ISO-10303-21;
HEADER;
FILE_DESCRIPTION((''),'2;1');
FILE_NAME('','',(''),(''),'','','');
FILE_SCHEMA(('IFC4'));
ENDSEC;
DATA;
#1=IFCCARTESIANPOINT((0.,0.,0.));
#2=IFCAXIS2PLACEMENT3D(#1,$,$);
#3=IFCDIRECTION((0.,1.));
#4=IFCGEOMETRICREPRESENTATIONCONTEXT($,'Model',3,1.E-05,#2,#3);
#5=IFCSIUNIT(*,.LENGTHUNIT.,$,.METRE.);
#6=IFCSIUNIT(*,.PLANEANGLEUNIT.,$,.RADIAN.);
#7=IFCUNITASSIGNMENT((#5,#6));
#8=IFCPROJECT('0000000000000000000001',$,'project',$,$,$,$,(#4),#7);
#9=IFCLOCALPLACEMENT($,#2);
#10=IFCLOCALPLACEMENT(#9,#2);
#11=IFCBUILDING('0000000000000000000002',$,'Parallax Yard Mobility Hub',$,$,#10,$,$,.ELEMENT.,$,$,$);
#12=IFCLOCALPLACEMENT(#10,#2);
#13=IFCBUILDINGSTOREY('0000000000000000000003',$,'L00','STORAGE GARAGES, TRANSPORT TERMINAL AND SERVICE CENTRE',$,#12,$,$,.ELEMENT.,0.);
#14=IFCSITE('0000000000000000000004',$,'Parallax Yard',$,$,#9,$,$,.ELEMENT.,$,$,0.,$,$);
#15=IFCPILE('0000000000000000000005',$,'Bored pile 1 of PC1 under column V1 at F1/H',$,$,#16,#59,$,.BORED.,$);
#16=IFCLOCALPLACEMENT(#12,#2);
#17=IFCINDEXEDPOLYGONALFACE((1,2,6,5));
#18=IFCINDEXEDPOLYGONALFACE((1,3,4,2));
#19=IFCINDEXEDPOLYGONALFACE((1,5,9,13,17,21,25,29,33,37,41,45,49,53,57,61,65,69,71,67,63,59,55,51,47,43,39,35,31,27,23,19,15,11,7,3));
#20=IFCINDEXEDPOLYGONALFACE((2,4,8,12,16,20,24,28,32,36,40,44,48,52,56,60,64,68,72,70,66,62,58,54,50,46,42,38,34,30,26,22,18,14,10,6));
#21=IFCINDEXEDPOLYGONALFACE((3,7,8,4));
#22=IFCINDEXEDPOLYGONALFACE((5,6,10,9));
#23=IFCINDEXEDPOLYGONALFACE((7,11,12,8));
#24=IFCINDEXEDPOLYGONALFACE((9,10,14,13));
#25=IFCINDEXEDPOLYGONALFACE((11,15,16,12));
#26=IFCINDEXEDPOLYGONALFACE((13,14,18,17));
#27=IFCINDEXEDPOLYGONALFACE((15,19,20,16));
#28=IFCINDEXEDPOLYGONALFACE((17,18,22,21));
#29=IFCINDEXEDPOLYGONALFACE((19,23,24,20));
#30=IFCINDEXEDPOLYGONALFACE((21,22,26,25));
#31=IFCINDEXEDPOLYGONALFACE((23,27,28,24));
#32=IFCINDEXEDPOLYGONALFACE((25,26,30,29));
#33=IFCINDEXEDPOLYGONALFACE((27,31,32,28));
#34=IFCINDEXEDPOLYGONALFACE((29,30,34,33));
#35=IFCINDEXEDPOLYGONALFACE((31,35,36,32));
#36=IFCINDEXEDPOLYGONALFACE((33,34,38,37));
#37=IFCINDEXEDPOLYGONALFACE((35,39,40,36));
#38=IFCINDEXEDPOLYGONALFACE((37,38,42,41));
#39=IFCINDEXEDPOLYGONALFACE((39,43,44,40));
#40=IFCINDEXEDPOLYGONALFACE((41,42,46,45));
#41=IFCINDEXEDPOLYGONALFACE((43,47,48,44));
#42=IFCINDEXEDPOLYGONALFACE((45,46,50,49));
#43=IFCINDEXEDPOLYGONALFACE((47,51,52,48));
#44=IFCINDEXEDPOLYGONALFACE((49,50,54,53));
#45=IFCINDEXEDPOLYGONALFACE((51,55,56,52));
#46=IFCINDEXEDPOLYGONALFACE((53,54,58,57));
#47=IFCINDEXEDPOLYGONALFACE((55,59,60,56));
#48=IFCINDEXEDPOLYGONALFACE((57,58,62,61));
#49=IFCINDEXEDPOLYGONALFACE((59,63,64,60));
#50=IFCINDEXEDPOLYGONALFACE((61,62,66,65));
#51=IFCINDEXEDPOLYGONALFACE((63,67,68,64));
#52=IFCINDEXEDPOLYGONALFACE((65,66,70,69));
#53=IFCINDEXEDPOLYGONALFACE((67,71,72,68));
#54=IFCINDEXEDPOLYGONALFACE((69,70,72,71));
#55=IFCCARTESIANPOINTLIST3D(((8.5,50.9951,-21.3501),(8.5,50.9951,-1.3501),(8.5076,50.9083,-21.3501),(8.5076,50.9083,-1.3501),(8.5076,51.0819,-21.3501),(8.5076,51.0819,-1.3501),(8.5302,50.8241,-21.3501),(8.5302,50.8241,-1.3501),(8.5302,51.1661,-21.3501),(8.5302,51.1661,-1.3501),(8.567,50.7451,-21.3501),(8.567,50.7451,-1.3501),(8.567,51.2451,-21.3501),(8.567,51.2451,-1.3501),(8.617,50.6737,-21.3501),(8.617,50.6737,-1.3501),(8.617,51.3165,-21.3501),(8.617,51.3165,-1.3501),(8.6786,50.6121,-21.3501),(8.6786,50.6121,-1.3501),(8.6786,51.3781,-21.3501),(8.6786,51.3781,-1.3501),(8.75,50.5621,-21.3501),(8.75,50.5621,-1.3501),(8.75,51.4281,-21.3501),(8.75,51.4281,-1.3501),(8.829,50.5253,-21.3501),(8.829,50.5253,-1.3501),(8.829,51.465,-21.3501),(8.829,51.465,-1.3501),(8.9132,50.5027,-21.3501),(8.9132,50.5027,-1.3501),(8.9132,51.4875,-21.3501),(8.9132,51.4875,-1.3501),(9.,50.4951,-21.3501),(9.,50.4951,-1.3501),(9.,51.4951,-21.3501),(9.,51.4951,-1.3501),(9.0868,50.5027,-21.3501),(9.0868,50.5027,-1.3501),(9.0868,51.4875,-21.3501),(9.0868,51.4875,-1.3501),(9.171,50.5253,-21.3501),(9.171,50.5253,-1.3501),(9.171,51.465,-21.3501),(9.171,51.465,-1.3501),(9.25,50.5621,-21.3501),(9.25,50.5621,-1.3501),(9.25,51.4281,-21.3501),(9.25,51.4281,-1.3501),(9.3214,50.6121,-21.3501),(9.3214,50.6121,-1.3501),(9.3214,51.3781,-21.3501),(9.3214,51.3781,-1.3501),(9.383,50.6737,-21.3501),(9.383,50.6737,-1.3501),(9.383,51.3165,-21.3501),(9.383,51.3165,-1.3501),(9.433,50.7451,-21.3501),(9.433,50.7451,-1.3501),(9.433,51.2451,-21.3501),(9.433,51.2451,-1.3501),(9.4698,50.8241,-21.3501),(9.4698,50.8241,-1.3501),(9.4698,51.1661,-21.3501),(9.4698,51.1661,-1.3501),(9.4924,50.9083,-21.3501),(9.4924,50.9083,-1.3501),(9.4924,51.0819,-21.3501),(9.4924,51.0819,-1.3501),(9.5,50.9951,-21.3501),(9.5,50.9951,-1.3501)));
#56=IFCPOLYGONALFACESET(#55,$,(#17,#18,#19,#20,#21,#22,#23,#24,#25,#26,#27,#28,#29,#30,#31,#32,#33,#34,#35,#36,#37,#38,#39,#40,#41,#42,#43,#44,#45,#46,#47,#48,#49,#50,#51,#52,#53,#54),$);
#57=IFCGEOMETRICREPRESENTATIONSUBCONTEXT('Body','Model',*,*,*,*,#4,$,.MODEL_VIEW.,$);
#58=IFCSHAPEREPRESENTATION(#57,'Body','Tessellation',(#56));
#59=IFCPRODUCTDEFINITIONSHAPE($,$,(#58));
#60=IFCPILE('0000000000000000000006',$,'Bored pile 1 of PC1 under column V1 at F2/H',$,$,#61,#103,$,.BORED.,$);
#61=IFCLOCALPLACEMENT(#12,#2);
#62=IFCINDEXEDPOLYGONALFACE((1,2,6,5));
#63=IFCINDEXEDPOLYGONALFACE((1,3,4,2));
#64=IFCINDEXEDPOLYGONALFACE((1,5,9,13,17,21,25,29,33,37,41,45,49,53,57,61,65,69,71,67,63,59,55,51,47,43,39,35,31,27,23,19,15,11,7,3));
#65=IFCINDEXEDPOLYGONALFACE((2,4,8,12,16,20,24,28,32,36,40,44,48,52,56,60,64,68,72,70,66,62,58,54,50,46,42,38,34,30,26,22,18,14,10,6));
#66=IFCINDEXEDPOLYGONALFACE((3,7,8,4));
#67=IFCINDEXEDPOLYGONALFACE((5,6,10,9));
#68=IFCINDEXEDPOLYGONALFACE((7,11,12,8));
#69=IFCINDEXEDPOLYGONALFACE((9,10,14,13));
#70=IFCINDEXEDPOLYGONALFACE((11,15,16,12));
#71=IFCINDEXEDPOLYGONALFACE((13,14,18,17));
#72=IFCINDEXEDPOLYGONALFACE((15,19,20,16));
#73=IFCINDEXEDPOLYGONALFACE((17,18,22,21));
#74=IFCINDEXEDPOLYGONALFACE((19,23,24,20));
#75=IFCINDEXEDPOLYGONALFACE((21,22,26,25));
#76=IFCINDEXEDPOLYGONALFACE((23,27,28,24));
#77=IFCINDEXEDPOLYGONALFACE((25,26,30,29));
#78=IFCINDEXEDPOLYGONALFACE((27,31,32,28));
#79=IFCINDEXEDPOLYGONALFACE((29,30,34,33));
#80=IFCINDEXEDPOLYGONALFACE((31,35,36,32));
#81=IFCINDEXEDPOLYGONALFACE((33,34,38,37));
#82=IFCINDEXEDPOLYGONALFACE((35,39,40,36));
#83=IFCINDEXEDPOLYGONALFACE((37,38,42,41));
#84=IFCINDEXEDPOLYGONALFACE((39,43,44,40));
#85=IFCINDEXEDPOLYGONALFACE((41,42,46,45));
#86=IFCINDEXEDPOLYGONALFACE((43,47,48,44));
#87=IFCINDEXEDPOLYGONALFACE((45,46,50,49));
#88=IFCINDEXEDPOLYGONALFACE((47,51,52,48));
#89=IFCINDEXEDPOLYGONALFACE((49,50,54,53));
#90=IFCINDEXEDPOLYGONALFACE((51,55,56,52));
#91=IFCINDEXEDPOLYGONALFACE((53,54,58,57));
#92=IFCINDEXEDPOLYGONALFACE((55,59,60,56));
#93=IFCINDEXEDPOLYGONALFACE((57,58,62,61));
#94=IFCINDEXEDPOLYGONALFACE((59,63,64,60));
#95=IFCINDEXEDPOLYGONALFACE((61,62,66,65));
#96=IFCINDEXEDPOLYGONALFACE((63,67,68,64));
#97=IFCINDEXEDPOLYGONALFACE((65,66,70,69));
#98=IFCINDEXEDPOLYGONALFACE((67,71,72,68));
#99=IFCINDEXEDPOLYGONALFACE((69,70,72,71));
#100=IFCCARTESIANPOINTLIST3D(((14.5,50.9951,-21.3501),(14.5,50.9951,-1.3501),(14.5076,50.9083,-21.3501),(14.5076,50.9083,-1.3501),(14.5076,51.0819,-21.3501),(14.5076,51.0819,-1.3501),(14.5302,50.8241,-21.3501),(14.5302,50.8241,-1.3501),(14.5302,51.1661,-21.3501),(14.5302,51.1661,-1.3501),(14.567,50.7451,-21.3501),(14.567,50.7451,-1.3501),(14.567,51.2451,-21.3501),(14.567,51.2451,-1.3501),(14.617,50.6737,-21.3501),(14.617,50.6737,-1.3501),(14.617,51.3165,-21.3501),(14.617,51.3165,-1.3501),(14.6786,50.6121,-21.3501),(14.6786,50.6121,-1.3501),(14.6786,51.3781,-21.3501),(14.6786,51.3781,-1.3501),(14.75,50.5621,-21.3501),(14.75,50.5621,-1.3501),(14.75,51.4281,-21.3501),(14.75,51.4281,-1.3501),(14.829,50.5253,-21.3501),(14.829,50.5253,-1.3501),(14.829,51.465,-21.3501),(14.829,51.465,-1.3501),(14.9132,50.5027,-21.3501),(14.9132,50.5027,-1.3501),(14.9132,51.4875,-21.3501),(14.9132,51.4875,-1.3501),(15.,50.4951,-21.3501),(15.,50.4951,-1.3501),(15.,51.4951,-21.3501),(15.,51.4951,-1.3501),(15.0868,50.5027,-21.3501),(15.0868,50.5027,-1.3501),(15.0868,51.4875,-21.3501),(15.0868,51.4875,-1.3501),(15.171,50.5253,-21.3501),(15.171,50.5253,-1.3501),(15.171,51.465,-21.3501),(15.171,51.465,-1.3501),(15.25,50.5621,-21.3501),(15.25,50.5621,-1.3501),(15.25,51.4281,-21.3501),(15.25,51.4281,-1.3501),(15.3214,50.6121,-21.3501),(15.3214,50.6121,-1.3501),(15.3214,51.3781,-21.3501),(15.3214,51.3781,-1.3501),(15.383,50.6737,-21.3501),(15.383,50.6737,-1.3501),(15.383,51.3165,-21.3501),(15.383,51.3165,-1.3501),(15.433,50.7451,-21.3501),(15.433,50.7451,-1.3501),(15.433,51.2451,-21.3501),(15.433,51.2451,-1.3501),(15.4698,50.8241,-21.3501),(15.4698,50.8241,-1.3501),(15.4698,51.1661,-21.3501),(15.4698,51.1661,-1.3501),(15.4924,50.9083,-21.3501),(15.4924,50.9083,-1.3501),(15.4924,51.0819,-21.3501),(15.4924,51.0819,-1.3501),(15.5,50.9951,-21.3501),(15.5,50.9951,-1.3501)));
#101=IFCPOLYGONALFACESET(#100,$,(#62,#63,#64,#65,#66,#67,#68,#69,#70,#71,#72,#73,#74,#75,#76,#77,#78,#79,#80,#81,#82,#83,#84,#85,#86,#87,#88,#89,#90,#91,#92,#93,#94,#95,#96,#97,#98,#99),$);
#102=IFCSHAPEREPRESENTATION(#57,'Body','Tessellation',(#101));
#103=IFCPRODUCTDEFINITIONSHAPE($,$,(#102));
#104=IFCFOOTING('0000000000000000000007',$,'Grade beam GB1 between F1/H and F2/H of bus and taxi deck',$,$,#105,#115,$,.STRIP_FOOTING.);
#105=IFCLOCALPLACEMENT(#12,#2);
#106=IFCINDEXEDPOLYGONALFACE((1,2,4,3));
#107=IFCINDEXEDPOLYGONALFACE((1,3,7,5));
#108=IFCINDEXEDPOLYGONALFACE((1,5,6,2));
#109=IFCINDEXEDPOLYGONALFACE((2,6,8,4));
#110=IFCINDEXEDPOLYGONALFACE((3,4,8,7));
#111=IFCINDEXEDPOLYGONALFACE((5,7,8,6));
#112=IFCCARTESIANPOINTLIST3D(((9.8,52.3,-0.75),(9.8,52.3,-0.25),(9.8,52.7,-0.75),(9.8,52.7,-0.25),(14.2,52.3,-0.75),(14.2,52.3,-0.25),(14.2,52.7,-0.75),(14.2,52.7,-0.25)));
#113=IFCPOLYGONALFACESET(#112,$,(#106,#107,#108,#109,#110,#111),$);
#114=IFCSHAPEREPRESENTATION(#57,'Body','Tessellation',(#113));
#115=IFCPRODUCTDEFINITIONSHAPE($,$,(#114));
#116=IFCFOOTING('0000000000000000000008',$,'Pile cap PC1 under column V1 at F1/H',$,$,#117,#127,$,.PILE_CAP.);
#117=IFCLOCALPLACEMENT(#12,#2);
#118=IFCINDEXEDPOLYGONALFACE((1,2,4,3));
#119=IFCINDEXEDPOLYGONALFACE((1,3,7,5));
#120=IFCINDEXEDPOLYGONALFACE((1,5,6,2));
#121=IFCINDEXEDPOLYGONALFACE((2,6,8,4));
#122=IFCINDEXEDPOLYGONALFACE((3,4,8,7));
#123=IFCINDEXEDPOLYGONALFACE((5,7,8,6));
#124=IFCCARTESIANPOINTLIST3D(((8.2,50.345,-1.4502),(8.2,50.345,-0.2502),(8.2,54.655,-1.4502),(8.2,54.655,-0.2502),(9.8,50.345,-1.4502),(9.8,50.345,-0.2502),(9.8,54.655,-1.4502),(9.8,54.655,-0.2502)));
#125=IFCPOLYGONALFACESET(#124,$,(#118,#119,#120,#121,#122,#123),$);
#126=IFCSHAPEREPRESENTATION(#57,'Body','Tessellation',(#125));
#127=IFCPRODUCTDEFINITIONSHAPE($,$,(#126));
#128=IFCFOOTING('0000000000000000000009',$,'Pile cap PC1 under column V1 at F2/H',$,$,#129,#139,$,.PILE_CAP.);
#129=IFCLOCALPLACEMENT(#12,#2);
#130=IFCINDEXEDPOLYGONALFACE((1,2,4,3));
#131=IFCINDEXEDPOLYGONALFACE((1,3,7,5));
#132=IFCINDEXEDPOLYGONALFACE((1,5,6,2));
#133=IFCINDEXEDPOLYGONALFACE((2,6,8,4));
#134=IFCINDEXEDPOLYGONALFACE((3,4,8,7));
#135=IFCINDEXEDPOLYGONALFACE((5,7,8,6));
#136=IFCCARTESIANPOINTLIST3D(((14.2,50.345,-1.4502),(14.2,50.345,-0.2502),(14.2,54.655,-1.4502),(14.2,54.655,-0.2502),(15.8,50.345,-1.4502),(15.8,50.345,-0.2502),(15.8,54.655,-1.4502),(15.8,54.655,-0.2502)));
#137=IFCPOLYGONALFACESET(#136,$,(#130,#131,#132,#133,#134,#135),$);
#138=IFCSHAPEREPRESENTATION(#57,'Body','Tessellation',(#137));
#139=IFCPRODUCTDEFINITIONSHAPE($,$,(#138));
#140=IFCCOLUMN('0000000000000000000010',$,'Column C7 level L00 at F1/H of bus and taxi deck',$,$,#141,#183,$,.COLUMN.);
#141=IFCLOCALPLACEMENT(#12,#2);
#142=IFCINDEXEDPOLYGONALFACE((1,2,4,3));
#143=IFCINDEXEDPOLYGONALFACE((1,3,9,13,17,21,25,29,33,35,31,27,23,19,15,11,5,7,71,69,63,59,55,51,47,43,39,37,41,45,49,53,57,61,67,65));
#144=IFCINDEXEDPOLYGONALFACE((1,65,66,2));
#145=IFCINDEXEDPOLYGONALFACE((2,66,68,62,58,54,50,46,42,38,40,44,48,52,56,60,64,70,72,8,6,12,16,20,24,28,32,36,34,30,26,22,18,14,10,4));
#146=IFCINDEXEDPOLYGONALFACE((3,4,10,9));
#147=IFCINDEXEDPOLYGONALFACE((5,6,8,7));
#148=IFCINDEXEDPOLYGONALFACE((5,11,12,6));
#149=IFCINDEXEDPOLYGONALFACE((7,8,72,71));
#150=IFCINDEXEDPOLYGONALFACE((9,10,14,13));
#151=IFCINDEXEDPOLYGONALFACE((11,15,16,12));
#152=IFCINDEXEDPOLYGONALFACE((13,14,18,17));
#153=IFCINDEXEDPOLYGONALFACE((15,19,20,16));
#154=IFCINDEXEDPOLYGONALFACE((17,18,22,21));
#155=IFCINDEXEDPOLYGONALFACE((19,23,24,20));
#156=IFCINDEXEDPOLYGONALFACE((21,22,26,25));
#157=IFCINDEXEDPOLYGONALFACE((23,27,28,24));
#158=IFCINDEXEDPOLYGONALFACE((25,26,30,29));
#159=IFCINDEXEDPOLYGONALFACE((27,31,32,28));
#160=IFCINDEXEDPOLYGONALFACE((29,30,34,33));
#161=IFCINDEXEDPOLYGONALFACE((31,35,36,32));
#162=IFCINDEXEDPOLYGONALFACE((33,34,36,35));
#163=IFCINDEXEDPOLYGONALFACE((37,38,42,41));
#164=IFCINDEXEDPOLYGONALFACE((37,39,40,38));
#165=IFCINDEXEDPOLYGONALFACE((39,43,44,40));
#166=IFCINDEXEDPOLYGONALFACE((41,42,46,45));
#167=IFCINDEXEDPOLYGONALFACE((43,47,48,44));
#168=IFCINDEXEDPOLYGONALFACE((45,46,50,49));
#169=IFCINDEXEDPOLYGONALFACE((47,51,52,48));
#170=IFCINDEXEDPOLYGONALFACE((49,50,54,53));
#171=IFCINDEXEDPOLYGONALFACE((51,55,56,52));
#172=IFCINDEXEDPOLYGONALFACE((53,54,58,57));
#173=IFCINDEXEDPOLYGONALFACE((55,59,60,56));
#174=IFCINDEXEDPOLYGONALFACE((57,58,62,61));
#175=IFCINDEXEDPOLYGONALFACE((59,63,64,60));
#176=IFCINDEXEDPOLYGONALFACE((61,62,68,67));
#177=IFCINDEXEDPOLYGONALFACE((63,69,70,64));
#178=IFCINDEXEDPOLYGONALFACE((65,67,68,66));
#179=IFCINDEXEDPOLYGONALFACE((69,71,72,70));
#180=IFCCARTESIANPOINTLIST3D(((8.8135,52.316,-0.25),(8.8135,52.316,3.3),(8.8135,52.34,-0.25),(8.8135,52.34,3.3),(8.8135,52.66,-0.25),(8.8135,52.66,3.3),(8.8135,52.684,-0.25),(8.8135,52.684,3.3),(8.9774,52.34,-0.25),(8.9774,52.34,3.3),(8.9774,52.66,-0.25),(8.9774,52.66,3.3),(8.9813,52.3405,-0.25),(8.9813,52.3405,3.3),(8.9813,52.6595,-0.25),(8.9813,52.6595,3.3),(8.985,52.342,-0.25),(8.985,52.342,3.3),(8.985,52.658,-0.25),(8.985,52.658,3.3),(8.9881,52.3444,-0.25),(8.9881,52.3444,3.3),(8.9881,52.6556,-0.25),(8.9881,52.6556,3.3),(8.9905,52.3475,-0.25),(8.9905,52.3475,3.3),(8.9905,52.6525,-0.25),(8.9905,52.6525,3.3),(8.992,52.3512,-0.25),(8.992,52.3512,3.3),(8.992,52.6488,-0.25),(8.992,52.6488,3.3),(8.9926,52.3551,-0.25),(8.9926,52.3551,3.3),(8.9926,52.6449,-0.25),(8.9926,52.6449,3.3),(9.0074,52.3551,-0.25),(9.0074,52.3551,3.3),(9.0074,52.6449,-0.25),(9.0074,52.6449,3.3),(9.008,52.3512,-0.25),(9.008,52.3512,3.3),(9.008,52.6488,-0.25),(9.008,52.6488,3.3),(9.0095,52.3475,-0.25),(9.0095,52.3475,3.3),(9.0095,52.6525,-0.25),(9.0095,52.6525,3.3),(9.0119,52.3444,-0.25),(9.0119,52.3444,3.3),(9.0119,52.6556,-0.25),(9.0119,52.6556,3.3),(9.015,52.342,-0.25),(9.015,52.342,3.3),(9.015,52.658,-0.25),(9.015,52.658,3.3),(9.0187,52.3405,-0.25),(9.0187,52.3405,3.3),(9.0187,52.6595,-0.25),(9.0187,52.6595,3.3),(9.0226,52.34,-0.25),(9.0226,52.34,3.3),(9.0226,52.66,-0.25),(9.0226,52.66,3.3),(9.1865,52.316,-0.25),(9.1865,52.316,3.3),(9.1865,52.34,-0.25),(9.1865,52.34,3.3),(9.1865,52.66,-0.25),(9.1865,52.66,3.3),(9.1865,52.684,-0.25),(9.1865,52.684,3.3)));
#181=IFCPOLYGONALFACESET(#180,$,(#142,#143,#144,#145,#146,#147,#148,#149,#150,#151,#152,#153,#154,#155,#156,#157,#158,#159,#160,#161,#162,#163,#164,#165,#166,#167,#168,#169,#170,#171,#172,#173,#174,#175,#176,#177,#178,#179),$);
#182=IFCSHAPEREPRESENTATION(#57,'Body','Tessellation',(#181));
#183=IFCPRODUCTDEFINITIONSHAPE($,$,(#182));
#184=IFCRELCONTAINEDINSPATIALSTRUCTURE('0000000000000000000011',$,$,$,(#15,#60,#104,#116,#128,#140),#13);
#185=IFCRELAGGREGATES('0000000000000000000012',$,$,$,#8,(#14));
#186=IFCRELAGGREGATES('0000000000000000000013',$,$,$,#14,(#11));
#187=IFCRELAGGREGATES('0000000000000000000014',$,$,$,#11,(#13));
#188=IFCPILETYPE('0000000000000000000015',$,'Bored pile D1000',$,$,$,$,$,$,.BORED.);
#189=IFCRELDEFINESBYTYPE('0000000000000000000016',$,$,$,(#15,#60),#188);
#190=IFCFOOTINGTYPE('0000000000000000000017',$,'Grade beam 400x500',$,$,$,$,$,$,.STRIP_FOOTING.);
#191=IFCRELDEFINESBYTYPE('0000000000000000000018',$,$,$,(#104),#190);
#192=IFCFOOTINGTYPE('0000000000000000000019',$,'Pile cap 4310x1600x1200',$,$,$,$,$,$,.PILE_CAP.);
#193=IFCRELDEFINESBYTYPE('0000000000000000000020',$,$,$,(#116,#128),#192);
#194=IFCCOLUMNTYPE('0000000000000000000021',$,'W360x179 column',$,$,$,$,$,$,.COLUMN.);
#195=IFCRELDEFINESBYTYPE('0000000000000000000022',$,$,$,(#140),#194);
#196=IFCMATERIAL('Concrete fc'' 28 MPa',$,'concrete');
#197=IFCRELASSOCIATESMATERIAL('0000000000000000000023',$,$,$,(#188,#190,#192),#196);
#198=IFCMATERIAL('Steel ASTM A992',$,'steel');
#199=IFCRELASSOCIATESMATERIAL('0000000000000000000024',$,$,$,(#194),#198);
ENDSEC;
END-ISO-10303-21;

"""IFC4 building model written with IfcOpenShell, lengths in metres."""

from ifc_helpers import new_model, si_unit, direction, frame, origin, origin_2d, place, context, subcontext, project, spatial, rectangle, circle, i_section, extrude, material, material_profile, profile_set, type_object, element, save


model = new_model("IFC4")

# Units and contexts
model_context = context("Model", 3, precision=1e-05, world=origin(), true_north=direction((0.0, 1.0)))
body_context = subcontext(model_context, "Body", "Model", "MODEL_VIEW")
ifc_project = project(units=[si_unit("LENGTHUNIT", "METRE"), si_unit("PLANEANGLEUNIT", "RADIAN")], contexts=[model_context])

# Site, building, storey
site_placement = place(None, origin())
site = spatial("IfcSite", under=ifc_project, at=site_placement, Name="Parallax Yard", CompositionType="ELEMENT", RefElevation=0.0)
building_placement = place(site_placement, origin())
building = spatial("IfcBuilding", under=site, at=building_placement, Name="Parallax Yard Mobility Hub", CompositionType="ELEMENT")
storey_placement = place(building_placement, origin())
storey = spatial("IfcBuildingStorey", under=building, at=storey_placement, Name="L00", Description="STORAGE GARAGES, TRANSPORT TERMINAL AND SERVICE CENTRE", CompositionType="ELEMENT", Elevation=0.0)

# Piles
ifc_material_1 = material(Name="Concrete fc' 28 MPa", Category="concrete")
ifc_material_profile_1 = material_profile(ifc_material_1, circle(Radius=0.5, at=origin_2d()), Name="Bored pile D1000")
ifc_profile_set_1 = profile_set([ifc_material_profile_1], Name="Concrete fc' 28 MPa")
pile_type = type_object("IfcPileType", Name="Bored pile D1000", PredefinedType="BORED", material=ifc_profile_set_1)
for number, where, z_axis, x_axis, name in (
    (1, (9.0, 50.9951, -1.3501), (0.0, 0.0, -1.0), (1.0, 0.0, 0.0), "Bored pile 1 of PC1 under column V1 at F1/H"),
    (2, (15.0, 50.9951, -1.3501), (0.0, 0.0, -1.0), (1.0, 0.0, 0.0), "Bored pile 1 of PC1 under column V1 at F2/H"),
):
    element("IfcPile", number, at=place(storey_placement, frame(where, z_axis=z_axis, x_axis=x_axis)), inside=storey, type_object=pile_type, Name=name, PredefinedType="BORED", context=body_context, shape_type="SweptSolid", body=[
        extrude(circle(Radius=0.5, at=origin_2d()), origin(), (0.0, 0.0, 1.0), 20.0),
    ])

# Footings
ifc_material_profile_2 = material_profile(ifc_material_1, rectangle(XDim=0.3999, YDim=0.5, at=origin_2d()), Name="Grade beam 400x500")
ifc_profile_set_2 = profile_set([ifc_material_profile_2], Name="Concrete fc' 28 MPa")
footing_type_1 = type_object("IfcFootingType", Name="Grade beam 400x500", PredefinedType="STRIP_FOOTING", material=ifc_profile_set_2)
footing_placement = place(storey_placement, frame((9.8, 52.5, -0.5), z_axis=(1.0, 0.0, 0.0), x_axis=(0.0, 1.0, 0.0)))
element("IfcFooting", 3, at=footing_placement, inside=storey, type_object=footing_type_1, Name="Grade beam GB1 between F1/H and F2/H of bus and taxi deck", PredefinedType="STRIP_FOOTING", context=body_context, shape_type="SweptSolid", body=[
    extrude(rectangle(XDim=0.3999, YDim=0.5, at=origin_2d()), origin(), (0.0, 0.0, 1.0), 4.3999),
])
footing_type_2 = type_object("IfcFootingType", Name="Pile cap 4310x1600x1200", PredefinedType="PILE_CAP", material=ifc_material_1)
for number, where, z_axis, x_axis, name in (
    (4, (9.0, 52.5, -1.4502), (0.0, 0.0, 1.0), (0.0, 1.0, 0.0), "Pile cap PC1 under column V1 at F1/H"),
    (5, (15.0, 52.5, -1.4502), (0.0, 0.0, 1.0), (0.0, 1.0, 0.0), "Pile cap PC1 under column V1 at F2/H"),
):
    element("IfcFooting", number, at=place(storey_placement, frame(where, z_axis=z_axis, x_axis=x_axis)), inside=storey, type_object=footing_type_2, Name=name, PredefinedType="PILE_CAP", context=body_context, shape_type="SweptSolid", body=[
        extrude(rectangle(XDim=4.3101, YDim=1.6001, at=origin_2d()), origin(), (0.0, 0.0, 1.0), 1.2),
    ])

# Column
ifc_material_2 = material(Name="Steel ASTM A992", Category="steel")
ifc_material_profile_3 = material_profile(ifc_material_2, i_section(OverallWidth=0.373, OverallDepth=0.3679, WebThickness=0.0149, FlangeThickness=0.0239, FilletRadius=0.0151, at=origin_2d()), Name="W360x179")
ifc_profile_set_3 = profile_set([ifc_material_profile_3], Name="Steel ASTM A992")
column_type = type_object("IfcColumnType", Name="W360x179 column", PredefinedType="COLUMN", material=ifc_profile_set_3)
for number, where, z_axis, x_axis, name in (
    (6, (9.0, 52.5, -0.25), (0.0, 0.0, 1.0), (1.0, 0.0, 0.0), "Column C7 level L00 at F1/H of bus and taxi deck"),
):
    element("IfcColumn", number, at=place(storey_placement, frame(where, z_axis=z_axis, x_axis=x_axis)), inside=storey, type_object=column_type, Name=name, PredefinedType="COLUMN", context=body_context, shape_type="SweptSolid", body=[
        extrude(i_section(OverallWidth=0.373, OverallDepth=0.3679, WebThickness=0.0149, FlangeThickness=0.0239, FilletRadius=0.0151, at=origin_2d()), origin(), (0.0, 0.0, 1.0), 3.55),
    ])

save(model, "model.ifc")
